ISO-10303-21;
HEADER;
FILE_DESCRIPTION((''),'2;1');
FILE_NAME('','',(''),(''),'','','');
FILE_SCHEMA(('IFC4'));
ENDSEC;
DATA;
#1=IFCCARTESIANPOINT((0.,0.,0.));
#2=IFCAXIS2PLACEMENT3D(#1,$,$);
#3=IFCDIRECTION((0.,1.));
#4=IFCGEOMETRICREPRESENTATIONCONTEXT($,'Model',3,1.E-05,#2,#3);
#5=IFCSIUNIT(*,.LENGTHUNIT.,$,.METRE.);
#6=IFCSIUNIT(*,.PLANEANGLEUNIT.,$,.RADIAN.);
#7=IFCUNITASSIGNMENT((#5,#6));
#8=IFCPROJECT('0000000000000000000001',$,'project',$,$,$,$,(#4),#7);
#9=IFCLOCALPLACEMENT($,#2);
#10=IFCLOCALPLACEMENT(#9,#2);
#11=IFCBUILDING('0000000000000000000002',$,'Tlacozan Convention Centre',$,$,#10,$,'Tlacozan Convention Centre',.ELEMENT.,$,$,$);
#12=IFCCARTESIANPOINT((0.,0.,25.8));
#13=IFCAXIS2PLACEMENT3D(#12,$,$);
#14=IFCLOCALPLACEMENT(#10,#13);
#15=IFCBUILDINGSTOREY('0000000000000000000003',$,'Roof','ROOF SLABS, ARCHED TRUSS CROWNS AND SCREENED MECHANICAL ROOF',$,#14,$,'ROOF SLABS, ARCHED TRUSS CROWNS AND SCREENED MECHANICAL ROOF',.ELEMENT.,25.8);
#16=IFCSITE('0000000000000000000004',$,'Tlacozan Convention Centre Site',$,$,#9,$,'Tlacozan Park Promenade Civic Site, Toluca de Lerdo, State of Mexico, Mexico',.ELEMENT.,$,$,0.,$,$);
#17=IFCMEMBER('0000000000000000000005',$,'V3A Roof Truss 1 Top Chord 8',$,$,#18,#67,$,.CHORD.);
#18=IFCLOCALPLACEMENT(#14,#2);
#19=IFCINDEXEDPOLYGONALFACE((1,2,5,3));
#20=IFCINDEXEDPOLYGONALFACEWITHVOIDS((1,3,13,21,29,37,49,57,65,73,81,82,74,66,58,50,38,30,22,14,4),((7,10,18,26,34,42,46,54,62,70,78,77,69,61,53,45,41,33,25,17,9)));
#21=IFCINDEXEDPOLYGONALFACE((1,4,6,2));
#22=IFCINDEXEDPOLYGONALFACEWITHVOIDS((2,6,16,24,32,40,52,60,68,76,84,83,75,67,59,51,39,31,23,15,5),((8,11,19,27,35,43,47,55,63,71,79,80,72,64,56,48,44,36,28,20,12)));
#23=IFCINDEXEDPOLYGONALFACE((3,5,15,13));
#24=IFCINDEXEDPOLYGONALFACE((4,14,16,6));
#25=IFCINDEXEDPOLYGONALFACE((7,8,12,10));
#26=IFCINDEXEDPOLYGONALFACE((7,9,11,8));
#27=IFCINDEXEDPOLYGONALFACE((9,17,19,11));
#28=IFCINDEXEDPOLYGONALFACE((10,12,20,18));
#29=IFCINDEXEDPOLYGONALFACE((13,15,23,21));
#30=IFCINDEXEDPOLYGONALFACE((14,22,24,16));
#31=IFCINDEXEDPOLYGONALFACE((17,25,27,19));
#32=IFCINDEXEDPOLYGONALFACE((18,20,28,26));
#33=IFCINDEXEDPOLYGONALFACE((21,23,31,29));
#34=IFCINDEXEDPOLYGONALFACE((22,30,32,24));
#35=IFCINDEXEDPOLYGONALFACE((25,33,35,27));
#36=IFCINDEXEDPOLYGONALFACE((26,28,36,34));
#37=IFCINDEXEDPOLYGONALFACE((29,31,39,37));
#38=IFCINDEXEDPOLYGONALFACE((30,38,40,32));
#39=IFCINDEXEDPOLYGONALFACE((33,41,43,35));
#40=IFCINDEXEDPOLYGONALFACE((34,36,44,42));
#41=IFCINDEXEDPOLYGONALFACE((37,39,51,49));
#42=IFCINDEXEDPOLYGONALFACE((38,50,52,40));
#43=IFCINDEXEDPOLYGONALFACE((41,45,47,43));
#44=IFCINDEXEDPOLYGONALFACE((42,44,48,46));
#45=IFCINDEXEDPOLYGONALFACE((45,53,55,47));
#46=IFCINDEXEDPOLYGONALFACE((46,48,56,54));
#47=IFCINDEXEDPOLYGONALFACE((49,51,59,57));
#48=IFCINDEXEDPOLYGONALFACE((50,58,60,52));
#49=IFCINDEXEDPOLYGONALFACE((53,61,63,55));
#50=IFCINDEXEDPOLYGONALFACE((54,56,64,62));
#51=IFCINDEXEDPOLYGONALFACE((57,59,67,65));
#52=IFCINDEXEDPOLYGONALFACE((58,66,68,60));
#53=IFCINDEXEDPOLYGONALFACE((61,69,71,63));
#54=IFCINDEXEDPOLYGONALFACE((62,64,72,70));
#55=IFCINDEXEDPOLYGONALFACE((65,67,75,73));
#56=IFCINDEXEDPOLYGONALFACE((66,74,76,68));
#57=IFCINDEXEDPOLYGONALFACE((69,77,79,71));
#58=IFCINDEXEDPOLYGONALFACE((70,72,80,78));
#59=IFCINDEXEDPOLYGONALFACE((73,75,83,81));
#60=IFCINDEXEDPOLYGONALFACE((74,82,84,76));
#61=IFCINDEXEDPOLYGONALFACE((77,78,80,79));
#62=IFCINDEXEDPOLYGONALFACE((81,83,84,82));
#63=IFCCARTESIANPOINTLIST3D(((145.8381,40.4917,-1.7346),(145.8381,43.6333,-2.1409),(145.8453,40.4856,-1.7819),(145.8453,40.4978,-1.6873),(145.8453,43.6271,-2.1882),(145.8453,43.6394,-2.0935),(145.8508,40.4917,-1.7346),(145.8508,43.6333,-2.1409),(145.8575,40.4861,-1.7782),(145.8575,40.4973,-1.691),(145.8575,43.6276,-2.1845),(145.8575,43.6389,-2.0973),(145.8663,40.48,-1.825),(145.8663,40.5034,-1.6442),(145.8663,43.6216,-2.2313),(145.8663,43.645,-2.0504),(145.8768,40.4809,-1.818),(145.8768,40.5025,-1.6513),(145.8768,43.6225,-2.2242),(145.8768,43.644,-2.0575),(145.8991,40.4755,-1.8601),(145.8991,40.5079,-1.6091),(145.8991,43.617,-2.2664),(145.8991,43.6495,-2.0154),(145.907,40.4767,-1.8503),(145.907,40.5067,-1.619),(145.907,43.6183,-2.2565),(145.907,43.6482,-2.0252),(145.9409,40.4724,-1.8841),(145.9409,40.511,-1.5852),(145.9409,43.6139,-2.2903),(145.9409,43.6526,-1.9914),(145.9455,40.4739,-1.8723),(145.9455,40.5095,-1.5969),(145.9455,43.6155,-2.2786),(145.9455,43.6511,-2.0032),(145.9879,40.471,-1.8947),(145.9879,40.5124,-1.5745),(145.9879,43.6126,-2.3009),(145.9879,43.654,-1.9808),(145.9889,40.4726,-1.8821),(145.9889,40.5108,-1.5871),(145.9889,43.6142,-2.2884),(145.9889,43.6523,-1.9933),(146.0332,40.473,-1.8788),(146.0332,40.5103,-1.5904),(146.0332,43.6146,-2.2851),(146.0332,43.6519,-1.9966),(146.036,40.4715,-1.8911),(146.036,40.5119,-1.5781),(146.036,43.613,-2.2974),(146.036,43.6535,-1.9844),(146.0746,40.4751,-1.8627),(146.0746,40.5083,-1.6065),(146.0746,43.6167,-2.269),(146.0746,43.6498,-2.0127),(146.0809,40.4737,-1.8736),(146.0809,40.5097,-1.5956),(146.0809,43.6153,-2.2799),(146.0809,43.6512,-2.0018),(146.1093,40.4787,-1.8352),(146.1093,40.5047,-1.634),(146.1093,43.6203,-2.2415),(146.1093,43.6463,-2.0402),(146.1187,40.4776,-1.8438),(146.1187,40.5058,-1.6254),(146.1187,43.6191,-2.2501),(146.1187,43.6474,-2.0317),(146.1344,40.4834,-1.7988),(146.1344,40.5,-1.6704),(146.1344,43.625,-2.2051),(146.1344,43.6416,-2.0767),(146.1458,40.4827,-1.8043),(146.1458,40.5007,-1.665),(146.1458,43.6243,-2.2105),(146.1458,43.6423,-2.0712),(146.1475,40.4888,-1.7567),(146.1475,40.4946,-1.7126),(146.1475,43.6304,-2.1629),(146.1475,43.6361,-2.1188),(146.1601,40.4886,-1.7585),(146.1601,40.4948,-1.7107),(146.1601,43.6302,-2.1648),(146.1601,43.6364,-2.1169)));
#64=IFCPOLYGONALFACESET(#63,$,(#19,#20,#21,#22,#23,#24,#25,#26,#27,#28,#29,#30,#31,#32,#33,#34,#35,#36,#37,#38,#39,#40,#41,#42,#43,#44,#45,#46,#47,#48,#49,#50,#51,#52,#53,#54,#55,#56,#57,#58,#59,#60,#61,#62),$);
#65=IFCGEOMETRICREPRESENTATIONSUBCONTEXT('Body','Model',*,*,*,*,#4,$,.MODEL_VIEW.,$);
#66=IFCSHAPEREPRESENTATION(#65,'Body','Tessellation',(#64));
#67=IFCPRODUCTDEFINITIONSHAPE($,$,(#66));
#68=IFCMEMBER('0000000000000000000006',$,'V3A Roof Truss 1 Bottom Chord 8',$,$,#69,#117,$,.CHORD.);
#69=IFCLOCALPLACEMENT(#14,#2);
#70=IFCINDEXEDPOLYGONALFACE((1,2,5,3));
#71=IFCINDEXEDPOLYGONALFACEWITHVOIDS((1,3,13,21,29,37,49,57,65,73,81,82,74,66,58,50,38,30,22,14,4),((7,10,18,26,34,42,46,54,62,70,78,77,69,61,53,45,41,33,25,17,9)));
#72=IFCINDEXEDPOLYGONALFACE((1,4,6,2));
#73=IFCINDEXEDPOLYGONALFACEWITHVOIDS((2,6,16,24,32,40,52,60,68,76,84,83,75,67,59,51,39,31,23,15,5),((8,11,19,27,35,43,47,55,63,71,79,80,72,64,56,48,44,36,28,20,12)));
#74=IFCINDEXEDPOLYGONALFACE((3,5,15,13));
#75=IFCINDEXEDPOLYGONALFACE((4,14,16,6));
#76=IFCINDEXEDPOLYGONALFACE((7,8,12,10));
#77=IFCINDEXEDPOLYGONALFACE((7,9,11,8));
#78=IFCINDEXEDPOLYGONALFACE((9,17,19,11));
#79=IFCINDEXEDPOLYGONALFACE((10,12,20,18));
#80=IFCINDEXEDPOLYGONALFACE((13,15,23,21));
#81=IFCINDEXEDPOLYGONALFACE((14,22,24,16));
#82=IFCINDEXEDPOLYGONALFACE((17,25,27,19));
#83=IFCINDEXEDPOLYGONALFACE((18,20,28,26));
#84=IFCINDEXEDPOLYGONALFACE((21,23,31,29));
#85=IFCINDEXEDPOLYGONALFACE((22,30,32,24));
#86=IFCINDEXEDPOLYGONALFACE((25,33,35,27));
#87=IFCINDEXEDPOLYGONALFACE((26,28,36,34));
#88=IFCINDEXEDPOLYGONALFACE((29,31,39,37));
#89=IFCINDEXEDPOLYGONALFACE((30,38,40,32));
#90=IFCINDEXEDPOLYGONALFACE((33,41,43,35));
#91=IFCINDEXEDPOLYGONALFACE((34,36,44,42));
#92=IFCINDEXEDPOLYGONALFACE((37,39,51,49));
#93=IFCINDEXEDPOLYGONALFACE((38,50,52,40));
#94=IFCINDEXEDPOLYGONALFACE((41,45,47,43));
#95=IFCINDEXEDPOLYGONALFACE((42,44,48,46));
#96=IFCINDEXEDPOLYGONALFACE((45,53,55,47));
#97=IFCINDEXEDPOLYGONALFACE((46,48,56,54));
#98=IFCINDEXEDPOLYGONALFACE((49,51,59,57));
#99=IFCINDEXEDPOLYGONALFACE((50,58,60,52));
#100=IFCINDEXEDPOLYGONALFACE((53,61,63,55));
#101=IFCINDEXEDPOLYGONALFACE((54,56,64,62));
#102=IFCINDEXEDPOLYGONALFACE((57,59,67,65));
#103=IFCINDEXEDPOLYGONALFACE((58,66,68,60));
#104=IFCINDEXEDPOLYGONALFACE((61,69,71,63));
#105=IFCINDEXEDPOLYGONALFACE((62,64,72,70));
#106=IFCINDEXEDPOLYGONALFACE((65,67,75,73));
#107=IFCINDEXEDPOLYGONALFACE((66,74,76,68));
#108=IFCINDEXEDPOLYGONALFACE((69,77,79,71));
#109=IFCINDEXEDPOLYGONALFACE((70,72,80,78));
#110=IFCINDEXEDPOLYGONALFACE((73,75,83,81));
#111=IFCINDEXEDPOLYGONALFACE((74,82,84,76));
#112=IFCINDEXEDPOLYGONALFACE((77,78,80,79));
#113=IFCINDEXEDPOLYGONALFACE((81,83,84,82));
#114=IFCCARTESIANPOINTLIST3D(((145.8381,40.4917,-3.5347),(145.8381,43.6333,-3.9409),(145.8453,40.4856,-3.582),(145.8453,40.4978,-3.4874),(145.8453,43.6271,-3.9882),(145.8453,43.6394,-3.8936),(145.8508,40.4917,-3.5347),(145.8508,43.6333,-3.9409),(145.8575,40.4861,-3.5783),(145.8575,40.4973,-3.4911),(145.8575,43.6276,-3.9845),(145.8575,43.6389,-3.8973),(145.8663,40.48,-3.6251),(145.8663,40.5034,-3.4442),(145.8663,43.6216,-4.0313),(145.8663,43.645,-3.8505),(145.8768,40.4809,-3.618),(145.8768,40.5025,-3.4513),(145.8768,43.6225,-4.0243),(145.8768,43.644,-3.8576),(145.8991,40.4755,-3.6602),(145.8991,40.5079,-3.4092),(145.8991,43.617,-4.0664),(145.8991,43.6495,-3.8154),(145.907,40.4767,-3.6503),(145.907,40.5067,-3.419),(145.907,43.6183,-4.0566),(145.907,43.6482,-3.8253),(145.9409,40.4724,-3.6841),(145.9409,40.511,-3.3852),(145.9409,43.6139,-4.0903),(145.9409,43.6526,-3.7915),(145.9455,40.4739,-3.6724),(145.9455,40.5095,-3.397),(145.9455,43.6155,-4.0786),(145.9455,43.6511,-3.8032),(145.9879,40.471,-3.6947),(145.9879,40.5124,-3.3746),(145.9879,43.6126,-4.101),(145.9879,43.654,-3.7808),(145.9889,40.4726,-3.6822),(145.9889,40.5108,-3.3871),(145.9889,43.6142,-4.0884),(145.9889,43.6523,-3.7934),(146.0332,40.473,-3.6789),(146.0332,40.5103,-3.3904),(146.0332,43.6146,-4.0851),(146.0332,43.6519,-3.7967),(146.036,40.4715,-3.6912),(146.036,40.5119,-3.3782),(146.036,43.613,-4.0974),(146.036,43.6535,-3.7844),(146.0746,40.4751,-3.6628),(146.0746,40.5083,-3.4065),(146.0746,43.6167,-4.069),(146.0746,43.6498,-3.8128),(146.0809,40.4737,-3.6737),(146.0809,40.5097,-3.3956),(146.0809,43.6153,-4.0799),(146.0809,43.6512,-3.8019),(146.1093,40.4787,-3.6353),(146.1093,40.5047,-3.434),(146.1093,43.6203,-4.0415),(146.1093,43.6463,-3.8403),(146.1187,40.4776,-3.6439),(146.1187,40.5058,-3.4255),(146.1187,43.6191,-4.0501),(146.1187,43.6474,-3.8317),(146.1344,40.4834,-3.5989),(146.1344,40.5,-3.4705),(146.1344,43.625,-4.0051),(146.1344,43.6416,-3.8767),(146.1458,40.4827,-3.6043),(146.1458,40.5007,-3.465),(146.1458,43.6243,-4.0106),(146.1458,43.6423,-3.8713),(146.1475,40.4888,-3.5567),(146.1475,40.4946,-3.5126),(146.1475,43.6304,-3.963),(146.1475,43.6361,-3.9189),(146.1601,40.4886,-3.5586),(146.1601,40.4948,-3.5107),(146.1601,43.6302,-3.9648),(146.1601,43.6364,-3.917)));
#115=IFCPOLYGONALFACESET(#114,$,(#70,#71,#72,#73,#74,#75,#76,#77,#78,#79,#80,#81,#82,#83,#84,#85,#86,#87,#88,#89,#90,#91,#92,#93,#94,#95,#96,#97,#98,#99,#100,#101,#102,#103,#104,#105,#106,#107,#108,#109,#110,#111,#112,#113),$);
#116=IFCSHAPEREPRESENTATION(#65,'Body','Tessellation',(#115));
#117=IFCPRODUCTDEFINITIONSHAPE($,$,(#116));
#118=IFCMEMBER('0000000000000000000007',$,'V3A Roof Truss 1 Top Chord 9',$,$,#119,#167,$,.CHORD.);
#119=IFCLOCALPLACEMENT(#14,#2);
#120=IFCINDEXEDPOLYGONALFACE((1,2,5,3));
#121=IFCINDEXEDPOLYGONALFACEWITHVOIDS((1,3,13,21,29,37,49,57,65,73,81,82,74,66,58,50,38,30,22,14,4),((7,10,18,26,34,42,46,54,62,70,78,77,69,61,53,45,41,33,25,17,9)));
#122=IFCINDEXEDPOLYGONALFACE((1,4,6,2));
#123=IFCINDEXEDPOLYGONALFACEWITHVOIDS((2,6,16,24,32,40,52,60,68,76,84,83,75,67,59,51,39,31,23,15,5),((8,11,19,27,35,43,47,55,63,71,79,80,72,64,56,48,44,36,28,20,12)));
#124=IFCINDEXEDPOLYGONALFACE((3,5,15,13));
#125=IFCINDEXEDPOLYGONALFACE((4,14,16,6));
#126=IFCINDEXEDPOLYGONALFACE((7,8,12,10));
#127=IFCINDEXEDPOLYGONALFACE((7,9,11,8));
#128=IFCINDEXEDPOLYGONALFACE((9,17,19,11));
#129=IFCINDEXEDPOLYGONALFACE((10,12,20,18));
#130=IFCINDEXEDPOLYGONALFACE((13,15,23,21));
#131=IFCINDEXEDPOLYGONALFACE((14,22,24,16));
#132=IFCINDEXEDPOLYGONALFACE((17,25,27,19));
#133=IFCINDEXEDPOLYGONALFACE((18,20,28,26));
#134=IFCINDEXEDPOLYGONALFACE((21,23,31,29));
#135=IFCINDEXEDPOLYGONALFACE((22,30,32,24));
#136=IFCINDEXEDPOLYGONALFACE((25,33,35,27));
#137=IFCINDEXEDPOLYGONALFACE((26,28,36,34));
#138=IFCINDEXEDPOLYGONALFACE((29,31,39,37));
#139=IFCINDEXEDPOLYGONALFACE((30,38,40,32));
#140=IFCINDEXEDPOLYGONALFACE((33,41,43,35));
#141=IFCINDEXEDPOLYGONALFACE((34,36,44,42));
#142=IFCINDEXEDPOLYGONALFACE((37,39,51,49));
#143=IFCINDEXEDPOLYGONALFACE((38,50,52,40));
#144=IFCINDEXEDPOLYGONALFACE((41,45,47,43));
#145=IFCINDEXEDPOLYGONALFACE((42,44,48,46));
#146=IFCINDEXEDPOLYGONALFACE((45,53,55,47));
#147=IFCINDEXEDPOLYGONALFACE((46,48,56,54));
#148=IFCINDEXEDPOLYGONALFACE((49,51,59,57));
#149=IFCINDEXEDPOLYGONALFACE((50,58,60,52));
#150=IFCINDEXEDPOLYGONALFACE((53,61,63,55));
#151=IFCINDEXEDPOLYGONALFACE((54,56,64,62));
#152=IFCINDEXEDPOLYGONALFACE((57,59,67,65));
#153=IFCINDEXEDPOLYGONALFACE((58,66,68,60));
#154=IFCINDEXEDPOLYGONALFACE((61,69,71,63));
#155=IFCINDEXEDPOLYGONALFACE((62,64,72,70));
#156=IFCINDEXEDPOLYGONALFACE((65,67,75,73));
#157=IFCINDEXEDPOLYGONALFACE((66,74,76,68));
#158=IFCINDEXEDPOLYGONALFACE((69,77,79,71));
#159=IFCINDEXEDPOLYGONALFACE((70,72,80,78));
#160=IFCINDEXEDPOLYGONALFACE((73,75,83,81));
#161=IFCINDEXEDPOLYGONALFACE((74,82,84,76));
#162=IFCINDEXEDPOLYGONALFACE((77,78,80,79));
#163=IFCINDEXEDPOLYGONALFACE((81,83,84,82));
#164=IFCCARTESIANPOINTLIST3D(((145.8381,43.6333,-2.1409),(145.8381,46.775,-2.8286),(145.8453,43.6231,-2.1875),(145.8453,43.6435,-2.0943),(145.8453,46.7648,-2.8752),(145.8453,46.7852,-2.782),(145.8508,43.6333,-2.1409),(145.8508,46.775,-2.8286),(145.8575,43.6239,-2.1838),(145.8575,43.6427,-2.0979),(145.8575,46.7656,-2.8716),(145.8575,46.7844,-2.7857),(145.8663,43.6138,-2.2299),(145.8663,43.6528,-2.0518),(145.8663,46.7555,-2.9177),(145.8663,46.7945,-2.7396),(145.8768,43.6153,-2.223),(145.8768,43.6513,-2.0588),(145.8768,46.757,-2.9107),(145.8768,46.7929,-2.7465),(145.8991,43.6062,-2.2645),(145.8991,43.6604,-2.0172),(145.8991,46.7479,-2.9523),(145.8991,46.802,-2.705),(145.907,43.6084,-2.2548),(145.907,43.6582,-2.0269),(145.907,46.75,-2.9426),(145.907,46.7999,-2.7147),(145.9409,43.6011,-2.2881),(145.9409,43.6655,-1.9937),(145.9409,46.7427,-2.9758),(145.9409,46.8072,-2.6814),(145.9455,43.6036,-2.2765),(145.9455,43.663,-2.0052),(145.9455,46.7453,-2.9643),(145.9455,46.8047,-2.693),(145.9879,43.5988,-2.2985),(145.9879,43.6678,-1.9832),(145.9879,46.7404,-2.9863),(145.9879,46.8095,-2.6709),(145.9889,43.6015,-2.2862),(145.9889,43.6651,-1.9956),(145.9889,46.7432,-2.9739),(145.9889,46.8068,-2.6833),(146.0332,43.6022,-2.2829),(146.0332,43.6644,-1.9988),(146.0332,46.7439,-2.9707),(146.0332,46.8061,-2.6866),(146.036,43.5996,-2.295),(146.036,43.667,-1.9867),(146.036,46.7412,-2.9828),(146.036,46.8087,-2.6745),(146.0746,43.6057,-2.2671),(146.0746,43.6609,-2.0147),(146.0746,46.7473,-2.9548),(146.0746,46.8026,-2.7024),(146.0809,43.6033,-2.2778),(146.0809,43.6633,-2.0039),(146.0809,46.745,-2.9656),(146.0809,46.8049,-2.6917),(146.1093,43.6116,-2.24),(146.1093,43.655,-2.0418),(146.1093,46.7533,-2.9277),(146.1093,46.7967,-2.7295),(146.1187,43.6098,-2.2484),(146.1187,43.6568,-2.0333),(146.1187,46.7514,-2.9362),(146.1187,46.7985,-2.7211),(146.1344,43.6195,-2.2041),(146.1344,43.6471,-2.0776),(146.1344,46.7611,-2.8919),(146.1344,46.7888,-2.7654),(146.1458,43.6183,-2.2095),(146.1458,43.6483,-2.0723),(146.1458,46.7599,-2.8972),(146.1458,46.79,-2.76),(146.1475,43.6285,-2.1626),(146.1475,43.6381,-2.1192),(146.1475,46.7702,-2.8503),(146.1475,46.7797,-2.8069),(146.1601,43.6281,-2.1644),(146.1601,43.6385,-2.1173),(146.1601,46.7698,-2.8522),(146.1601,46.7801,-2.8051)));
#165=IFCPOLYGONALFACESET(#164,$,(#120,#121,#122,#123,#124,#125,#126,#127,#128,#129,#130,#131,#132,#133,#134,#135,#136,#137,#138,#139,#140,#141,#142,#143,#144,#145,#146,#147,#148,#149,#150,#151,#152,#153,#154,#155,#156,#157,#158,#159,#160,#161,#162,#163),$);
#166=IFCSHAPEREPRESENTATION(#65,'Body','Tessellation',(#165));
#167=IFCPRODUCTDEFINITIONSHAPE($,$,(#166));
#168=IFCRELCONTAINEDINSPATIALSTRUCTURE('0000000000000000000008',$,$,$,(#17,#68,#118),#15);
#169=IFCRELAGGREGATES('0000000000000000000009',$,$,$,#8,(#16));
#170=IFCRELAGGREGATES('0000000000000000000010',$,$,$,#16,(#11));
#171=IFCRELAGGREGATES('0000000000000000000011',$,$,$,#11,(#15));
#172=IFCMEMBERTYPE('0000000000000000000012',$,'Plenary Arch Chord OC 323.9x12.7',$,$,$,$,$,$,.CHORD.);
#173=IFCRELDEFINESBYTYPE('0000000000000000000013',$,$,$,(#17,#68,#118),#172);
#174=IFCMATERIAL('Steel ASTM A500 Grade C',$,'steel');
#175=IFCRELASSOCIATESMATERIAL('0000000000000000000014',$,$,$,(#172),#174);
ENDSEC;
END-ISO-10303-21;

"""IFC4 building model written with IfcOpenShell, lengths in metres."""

from ifc_helpers import new_model, si_unit, direction, frame, origin, origin_2d, place, context, subcontext, project, spatial, hollow_circle, extrude, material, material_profile, profile_set, type_object, element, save


model = new_model("IFC4")

# Units and contexts
model_context = context("Model", 3, precision=1e-05, world=origin(), true_north=direction((0.0, 1.0)))
body_context = subcontext(model_context, "Body", "Model", "MODEL_VIEW")
ifc_project = project(units=[si_unit("LENGTHUNIT", "METRE"), si_unit("PLANEANGLEUNIT", "RADIAN")], contexts=[model_context])

# Site, building, storey
site_placement = place(None, origin())
site = spatial("IfcSite", under=ifc_project, at=site_placement, Name="Tlacozan Convention Centre Site", LongName="Tlacozan Park Promenade Civic Site, Toluca de Lerdo, State of Mexico, Mexico", CompositionType="ELEMENT", RefElevation=0.0)
building_placement = place(site_placement, origin())
building = spatial("IfcBuilding", under=site, at=building_placement, Name="Tlacozan Convention Centre", LongName="Tlacozan Convention Centre", CompositionType="ELEMENT")
storey_placement = place(building_placement, frame((0.0, 0.0, 25.8)))
storey = spatial("IfcBuildingStorey", under=building, at=storey_placement, Name="Roof", Description="ROOF SLABS, ARCHED TRUSS CROWNS AND SCREENED MECHANICAL ROOF", LongName="ROOF SLABS, ARCHED TRUSS CROWNS AND SCREENED MECHANICAL ROOF", CompositionType="ELEMENT", Elevation=25.8)

# Members
ifc_material_1 = material(Name="Steel ASTM A500 Grade C", Category="steel")
ifc_material_profile_1 = material_profile(ifc_material_1, hollow_circle(Radius=0.1619, WallThickness=0.0127, at=origin_2d()), Name="OC 323.9x12.7")
ifc_profile_set_1 = profile_set([ifc_material_profile_1], Name="Steel ASTM A500 Grade C")
member_type_1 = type_object("IfcMemberType", Name="Plenary Arch Chord OC 323.9x12.7", PredefinedType="CHORD", material=ifc_profile_set_1)
for number, where, z_axis, x_axis, name in (
    (1, (146.0, 40.4917, -1.7346), (0.0, 0.991742, -0.128245), (-1.0, 0.0, 0.0), "V3A Roof Truss 1 Top Chord 8"),
    (2, (146.0, 40.4917, -3.5347), (0.0, 0.991742, -0.128245), (-1.0, 0.0, 0.0), "V3A Roof Truss 1 Bottom Chord 8"),
):
    element("IfcMember", number, at=place(storey_placement, frame(where, z_axis=z_axis, x_axis=x_axis)), inside=storey, type_object=member_type_1, Name=name, PredefinedType="CHORD", context=body_context, shape_type="SweptSolid", body=[
        extrude(hollow_circle(Radius=0.1619, WallThickness=0.0127, at=origin_2d()), origin(), (0.0, 0.0, 1.0), 3.1677),
    ])
for number, where, z_axis, x_axis, name in (
    (3, (146.0, 43.6333, -2.1409), (0.0, 0.976866, -0.213851), (-1.0, 0.0, 0.0), "V3A Roof Truss 1 Top Chord 9"),
):
    element("IfcMember", number, at=place(storey_placement, frame(where, z_axis=z_axis, x_axis=x_axis)), inside=storey, type_object=member_type_1, Name=name, PredefinedType="CHORD", context=body_context, shape_type="SweptSolid", body=[
        extrude(hollow_circle(Radius=0.1619, WallThickness=0.0127, at=origin_2d()), origin(), (0.0, 0.0, 1.0), 3.2161),
    ])

save(model, "model.ifc")
